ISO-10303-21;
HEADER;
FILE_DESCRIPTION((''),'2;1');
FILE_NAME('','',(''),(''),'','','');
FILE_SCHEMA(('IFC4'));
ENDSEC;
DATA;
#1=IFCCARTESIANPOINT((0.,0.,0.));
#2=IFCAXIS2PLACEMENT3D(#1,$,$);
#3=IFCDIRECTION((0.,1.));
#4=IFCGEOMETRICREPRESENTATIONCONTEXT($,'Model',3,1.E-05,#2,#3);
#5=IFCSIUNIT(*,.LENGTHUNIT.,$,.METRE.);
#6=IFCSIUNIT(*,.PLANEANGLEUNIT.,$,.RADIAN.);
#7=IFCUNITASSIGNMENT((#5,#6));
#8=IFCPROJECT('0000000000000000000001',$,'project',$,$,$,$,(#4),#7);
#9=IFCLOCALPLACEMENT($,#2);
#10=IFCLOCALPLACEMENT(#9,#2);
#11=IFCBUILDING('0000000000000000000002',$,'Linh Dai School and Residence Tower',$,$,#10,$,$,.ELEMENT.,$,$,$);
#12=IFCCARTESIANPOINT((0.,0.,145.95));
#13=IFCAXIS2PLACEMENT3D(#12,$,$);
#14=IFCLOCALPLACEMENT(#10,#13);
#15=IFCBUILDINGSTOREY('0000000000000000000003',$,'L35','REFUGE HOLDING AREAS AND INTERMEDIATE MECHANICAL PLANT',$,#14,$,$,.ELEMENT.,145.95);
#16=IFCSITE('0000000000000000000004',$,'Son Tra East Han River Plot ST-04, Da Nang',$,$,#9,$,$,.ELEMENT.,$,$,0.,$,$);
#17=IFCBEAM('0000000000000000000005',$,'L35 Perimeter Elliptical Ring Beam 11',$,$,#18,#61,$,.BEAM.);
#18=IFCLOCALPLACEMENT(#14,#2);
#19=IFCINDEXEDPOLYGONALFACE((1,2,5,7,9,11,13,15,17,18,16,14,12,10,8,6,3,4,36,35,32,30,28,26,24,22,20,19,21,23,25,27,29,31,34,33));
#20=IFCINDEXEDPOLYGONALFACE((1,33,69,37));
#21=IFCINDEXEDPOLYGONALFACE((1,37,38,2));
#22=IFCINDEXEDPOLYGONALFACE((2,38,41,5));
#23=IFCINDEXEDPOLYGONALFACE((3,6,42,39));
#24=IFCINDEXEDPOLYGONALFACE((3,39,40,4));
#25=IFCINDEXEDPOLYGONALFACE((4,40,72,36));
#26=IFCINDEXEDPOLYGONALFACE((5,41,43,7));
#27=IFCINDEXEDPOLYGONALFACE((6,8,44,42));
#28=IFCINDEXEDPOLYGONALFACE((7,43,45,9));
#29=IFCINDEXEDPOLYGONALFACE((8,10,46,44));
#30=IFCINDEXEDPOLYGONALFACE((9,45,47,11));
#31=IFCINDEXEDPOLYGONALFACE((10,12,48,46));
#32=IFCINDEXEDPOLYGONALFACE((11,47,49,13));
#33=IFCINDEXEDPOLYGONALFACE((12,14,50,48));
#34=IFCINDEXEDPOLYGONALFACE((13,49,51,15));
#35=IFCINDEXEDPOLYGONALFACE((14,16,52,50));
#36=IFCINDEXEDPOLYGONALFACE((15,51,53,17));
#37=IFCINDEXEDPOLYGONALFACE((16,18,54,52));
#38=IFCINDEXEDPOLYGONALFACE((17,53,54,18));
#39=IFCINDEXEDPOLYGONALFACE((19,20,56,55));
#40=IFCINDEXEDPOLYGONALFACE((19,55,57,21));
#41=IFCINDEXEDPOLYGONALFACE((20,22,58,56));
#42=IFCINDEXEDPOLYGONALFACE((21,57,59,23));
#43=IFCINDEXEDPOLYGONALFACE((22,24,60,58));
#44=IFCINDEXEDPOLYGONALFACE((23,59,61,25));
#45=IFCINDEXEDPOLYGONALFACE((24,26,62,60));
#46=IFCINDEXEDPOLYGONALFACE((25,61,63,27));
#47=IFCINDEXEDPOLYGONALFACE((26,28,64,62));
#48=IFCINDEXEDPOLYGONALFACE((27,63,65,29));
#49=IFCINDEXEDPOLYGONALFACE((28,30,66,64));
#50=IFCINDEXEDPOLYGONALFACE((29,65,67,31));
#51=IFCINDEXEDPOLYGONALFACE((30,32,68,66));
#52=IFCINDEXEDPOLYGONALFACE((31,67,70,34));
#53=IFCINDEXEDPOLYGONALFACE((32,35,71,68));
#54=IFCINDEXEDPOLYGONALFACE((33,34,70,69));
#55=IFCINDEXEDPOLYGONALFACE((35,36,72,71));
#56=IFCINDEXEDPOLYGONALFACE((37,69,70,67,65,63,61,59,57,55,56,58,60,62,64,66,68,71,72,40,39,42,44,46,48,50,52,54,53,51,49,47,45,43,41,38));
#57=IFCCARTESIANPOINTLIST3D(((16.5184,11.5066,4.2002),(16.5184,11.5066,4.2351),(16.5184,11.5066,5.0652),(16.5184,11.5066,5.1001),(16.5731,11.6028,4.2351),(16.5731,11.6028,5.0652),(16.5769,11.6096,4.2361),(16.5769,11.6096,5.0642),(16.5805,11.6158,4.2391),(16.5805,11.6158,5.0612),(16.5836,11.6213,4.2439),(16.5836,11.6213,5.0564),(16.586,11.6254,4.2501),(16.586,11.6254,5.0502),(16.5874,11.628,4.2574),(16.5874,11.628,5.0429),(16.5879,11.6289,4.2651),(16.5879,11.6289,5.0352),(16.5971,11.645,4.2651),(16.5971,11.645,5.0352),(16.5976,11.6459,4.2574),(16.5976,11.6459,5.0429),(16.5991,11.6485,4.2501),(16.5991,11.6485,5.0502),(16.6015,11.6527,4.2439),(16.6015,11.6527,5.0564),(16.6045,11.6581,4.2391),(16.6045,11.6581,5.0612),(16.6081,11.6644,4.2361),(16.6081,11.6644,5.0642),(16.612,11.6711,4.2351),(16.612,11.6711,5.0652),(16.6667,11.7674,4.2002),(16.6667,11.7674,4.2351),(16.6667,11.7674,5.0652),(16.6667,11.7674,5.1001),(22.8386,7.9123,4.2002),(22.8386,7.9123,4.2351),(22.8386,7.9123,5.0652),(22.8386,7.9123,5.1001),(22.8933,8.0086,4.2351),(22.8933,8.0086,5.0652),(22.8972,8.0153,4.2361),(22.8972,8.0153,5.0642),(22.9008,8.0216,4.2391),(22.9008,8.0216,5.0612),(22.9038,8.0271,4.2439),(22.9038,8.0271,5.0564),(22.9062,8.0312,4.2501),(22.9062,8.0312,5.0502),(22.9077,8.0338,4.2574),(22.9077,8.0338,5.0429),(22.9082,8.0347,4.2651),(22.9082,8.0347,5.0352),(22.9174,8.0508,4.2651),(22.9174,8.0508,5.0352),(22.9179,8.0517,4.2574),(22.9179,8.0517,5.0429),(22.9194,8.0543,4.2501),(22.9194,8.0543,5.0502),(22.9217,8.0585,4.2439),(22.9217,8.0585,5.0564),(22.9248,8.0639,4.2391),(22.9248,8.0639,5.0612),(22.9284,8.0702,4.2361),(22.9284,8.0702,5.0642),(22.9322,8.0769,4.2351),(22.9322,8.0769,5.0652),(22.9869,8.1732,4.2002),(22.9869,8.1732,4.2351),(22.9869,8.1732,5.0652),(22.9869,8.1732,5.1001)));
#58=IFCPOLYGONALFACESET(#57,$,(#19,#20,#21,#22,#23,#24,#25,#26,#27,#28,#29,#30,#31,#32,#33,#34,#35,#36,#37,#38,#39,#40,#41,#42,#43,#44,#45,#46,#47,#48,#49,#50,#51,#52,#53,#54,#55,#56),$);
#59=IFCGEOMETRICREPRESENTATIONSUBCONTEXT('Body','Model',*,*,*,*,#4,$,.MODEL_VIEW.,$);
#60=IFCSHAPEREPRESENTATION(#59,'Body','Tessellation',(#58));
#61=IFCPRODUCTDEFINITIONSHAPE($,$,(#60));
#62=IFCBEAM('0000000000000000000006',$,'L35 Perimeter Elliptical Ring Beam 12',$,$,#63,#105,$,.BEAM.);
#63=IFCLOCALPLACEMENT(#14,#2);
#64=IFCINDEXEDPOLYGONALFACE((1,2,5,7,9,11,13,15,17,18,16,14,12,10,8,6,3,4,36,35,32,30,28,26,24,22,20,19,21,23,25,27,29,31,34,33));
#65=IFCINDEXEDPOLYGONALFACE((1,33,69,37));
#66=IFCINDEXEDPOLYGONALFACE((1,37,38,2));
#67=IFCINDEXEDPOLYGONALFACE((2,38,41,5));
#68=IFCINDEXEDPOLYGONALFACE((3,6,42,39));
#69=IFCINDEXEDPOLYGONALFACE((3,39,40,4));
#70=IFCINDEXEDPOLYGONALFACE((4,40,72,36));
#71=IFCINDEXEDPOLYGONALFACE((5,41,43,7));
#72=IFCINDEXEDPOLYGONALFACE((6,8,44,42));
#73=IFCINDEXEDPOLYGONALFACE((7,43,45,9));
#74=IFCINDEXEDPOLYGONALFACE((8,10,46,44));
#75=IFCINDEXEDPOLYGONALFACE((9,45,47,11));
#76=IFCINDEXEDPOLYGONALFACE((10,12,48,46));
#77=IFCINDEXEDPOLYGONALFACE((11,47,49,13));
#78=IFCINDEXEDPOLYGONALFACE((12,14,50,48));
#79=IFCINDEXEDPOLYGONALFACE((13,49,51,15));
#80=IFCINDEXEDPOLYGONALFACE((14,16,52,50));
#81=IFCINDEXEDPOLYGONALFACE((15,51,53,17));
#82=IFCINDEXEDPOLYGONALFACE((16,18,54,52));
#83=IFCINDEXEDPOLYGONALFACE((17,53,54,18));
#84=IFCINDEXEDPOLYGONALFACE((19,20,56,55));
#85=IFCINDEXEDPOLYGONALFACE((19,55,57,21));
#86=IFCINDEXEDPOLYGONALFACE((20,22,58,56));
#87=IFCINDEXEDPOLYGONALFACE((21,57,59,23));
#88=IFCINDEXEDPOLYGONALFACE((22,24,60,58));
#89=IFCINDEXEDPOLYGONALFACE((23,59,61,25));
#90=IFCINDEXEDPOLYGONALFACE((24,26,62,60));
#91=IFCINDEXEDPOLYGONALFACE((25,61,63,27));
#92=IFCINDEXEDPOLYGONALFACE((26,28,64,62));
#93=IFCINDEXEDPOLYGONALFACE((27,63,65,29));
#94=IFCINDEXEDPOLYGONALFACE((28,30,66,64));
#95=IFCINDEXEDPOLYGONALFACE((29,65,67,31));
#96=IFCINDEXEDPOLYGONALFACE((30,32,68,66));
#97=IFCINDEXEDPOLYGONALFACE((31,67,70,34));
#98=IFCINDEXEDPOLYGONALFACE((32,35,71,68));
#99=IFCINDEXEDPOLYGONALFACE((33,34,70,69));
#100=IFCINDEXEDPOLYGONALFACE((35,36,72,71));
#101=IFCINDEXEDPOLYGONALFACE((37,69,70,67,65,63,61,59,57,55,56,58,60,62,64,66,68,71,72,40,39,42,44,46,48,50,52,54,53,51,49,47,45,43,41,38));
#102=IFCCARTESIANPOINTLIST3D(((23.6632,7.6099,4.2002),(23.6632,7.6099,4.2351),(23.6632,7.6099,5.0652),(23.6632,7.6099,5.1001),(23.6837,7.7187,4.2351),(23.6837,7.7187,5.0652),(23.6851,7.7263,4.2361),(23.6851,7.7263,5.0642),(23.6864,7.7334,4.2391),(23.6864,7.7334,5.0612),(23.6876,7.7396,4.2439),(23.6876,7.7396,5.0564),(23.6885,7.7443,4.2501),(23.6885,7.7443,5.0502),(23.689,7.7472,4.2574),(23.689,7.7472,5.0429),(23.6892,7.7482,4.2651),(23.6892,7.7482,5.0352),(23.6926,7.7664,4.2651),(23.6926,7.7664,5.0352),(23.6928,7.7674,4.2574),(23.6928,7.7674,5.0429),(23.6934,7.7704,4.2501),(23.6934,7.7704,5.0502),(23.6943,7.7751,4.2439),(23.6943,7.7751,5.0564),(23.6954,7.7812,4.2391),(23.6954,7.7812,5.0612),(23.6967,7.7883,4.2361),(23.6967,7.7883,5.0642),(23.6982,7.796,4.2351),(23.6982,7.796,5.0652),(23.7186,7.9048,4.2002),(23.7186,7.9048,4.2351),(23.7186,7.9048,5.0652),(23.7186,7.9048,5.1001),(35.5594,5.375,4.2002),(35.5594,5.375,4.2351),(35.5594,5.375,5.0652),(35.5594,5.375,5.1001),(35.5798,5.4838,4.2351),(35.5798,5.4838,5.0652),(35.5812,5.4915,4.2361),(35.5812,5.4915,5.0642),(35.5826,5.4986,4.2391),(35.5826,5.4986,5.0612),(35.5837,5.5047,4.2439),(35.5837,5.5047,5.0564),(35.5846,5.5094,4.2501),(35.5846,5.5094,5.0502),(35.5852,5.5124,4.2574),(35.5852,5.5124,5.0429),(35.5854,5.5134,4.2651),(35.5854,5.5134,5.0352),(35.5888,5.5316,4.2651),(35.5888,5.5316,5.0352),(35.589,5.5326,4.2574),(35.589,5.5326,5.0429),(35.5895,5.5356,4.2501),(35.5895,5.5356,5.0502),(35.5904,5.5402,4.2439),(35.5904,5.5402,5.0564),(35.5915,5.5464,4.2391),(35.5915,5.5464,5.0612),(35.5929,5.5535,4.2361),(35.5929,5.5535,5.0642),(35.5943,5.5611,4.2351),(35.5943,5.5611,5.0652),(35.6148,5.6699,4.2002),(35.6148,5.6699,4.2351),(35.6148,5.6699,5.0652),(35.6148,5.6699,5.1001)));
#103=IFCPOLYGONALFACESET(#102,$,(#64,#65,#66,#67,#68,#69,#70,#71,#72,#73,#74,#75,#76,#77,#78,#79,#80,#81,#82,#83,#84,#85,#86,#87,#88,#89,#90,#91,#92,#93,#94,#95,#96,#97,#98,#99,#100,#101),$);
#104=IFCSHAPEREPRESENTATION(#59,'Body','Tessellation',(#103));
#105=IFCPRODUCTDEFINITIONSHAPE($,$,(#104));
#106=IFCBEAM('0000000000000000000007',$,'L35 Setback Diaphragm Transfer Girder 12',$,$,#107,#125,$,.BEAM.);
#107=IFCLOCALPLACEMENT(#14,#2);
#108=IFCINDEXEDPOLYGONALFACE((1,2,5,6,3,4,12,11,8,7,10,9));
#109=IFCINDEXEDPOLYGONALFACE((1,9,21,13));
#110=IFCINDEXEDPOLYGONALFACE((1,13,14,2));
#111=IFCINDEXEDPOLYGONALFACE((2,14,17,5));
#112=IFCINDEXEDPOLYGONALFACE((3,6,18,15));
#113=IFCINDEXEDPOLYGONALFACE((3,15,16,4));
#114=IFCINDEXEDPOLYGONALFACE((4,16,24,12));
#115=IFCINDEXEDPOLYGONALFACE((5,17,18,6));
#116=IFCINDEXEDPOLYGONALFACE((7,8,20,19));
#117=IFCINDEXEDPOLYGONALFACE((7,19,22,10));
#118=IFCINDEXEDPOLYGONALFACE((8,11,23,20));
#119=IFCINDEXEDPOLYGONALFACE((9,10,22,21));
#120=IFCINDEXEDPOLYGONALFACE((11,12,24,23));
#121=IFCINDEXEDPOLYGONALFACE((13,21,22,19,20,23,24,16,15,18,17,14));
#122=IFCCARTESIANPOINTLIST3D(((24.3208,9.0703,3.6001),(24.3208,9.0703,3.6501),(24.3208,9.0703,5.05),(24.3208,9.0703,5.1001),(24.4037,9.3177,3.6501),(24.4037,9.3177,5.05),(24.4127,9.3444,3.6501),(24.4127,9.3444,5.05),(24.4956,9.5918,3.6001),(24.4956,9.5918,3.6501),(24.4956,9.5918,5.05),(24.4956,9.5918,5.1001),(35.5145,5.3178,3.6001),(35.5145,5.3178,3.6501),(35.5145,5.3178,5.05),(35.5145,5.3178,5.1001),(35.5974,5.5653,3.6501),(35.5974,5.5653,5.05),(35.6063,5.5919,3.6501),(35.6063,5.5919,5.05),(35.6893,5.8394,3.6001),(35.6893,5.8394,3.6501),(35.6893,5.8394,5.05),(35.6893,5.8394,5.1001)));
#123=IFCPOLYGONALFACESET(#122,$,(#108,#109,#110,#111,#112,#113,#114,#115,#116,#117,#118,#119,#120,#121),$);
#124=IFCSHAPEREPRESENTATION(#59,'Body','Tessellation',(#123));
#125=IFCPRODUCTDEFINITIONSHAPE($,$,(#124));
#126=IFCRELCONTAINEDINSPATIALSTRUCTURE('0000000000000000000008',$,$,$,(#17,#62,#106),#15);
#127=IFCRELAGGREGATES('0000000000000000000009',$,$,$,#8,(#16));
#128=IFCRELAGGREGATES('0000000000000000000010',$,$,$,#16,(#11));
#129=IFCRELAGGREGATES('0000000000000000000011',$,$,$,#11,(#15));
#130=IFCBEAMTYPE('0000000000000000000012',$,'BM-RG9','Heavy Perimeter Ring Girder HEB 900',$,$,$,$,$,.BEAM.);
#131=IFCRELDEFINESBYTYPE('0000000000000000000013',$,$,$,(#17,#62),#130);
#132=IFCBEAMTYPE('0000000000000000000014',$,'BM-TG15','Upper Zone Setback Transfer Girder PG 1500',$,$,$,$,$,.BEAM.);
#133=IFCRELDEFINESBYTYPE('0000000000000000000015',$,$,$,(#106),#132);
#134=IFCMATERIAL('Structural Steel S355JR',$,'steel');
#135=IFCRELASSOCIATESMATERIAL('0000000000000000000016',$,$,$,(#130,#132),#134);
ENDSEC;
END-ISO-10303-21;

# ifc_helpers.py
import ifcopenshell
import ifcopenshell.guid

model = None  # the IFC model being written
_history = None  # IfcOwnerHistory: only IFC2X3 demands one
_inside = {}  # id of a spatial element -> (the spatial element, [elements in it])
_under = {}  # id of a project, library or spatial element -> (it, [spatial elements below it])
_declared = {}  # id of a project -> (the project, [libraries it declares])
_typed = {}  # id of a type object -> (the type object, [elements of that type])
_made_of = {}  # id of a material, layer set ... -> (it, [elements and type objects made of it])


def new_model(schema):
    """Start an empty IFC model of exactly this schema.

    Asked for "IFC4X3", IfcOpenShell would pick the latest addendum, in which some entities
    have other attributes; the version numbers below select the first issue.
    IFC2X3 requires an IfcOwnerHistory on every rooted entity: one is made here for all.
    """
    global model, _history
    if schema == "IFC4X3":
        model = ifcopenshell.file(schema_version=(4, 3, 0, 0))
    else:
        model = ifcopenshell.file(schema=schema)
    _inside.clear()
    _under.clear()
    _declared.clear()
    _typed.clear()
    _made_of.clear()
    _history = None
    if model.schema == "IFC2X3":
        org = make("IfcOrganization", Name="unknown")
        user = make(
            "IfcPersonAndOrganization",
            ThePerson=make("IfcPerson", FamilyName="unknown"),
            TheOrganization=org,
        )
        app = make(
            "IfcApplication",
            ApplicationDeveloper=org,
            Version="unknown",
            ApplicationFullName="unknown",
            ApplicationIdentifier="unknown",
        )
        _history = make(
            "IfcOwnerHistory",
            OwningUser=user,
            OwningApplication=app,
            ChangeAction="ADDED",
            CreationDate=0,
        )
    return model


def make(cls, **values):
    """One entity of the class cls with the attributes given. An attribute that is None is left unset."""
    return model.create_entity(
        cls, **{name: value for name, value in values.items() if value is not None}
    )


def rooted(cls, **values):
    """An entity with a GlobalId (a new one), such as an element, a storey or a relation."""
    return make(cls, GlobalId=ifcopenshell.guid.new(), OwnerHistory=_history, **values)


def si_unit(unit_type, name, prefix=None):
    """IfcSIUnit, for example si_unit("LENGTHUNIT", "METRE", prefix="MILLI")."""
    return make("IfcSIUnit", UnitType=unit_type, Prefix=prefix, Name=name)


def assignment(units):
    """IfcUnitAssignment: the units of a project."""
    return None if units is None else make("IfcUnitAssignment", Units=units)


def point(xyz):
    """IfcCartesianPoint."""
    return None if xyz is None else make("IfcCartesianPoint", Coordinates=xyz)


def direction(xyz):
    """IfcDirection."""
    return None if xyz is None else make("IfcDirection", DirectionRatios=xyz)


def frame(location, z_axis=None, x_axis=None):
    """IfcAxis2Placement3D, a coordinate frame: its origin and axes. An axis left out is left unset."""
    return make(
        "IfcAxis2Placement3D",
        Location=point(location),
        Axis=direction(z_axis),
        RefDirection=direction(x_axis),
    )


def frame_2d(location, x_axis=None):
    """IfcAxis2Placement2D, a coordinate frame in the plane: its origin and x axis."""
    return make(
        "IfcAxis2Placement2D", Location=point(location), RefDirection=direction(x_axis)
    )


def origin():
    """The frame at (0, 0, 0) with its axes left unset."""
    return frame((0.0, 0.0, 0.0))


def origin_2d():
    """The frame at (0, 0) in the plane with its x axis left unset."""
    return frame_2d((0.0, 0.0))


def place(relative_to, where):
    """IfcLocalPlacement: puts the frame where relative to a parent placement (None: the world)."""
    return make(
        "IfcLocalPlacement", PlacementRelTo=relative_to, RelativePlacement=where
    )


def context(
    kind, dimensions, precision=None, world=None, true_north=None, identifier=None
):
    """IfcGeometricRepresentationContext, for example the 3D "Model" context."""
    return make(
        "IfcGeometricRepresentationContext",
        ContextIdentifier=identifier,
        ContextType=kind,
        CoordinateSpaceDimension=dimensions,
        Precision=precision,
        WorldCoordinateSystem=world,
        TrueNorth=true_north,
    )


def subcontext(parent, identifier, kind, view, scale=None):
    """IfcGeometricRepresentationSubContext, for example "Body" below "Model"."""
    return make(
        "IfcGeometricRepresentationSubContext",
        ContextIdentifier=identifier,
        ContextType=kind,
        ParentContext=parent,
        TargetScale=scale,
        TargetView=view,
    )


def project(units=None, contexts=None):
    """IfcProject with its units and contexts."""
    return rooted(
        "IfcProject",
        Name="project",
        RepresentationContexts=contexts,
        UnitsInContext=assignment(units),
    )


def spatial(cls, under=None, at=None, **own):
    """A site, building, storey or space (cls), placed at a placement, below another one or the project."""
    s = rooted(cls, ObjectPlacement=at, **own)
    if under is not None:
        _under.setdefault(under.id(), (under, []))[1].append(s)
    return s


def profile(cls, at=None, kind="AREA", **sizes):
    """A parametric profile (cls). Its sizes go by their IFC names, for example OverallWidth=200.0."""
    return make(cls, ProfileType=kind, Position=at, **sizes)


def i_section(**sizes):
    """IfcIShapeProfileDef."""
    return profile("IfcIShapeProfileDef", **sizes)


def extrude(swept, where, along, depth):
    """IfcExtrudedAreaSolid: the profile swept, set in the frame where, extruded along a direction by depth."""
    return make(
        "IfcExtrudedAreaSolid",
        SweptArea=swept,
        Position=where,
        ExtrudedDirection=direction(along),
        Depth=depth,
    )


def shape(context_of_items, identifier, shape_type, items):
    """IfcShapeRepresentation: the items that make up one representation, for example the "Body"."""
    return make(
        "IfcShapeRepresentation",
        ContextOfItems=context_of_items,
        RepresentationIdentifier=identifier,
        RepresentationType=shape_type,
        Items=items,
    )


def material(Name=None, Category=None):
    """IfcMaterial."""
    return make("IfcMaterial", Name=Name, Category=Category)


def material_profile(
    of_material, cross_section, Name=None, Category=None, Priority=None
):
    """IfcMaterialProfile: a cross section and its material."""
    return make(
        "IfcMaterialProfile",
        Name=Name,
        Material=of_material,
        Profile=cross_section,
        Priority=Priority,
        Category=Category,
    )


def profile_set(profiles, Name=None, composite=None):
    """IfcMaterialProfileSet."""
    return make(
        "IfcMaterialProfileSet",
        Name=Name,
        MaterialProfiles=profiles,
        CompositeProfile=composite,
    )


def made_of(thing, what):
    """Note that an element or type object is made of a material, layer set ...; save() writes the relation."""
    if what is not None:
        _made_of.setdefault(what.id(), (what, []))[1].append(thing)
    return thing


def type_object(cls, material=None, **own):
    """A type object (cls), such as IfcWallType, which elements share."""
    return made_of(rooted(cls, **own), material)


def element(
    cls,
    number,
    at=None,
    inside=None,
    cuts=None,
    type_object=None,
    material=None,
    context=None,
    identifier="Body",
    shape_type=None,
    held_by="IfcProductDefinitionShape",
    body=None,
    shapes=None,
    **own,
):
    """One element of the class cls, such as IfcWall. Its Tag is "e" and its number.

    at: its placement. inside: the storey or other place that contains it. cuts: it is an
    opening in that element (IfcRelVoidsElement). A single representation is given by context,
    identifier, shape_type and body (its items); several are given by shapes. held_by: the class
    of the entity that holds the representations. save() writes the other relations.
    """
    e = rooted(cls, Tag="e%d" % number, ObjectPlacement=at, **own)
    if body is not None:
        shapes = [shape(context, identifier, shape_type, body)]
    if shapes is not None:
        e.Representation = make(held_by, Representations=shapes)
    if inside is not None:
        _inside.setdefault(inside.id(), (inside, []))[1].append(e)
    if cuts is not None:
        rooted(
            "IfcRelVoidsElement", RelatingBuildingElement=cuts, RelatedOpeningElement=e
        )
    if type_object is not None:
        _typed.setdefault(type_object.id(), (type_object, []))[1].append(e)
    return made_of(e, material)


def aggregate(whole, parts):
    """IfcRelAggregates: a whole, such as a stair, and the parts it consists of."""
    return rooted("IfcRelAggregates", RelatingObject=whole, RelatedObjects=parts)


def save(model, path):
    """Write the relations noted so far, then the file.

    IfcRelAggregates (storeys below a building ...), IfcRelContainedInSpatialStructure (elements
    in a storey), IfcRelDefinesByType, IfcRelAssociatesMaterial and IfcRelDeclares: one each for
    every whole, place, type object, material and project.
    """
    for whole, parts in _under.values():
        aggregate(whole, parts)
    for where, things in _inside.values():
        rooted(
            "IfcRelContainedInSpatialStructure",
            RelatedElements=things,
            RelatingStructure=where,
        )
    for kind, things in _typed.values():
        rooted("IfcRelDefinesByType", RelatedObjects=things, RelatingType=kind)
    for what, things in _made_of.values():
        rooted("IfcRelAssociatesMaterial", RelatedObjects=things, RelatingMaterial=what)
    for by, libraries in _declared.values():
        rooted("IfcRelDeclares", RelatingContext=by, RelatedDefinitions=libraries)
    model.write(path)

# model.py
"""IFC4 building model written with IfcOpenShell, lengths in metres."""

from ifc_helpers import new_model, si_unit, direction, frame, origin, origin_2d, place, context, subcontext, project, spatial, i_section, extrude, material, material_profile, profile_set, type_object, element, save


model = new_model("IFC4")

# Units and contexts
model_context = context("Model", 3, precision=1e-05, world=origin(), true_north=direction((0.0, 1.0)))
body_context = subcontext(model_context, "Body", "Model", "MODEL_VIEW")
ifc_project = project(units=[si_unit("LENGTHUNIT", "METRE"), si_unit("PLANEANGLEUNIT", "RADIAN")], contexts=[model_context])

# Site, building, storey
site_placement = place(None, origin())
site = spatial("IfcSite", under=ifc_project, at=site_placement, Name="Son Tra East Han River Plot ST-04, Da Nang", CompositionType="ELEMENT", RefElevation=0.0)
building_placement = place(site_placement, origin())
building = spatial("IfcBuilding", under=site, at=building_placement, Name="Linh Dai School and Residence Tower", CompositionType="ELEMENT")
storey_placement = place(building_placement, frame((0.0, 0.0, 145.95)))
storey = spatial("IfcBuildingStorey", under=building, at=storey_placement, Name="L35", Description="REFUGE HOLDING AREAS AND INTERMEDIATE MECHANICAL PLANT", CompositionType="ELEMENT", Elevation=145.95)

# Shared definitions
ifc_material_1 = material(Name="Structural Steel S355JR", Category="steel")

# Beams
ifc_material_profile_1 = material_profile(ifc_material_1, i_section(OverallWidth=0.3, OverallDepth=0.8999, WebThickness=0.0186, FlangeThickness=0.0349, FilletRadius=0.03, at=origin_2d()), Name="HEB 900")
ifc_profile_set_1 = profile_set([ifc_material_profile_1], Name="Structural Steel S355JR")
beam_type_1 = type_object("IfcBeamType", Name="BM-RG9", Description="Heavy Perimeter Ring Girder HEB 900", PredefinedType="BEAM", material=ifc_profile_set_1)
beam_1_placement = place(storey_placement, frame((16.5925, 11.637, 4.6501), z_axis=(0.86927, -0.494337, 0.0), x_axis=(0.494337, 0.86927, 0.0)))
element("IfcBeam", 1, at=beam_1_placement, inside=storey, type_object=beam_type_1, Name="L35 Perimeter Elliptical Ring Beam 11", PredefinedType="BEAM", context=body_context, shape_type="SweptSolid", body=[
    extrude(i_section(OverallWidth=0.3, OverallDepth=0.8999, WebThickness=0.0186, FlangeThickness=0.0349, FilletRadius=0.03, at=origin_2d()), origin(), (0.0, 0.0, 1.0), 7.2708),
])
beam_2_placement = place(storey_placement, frame((23.6909, 7.7573, 4.6501), z_axis=(0.982808, -0.184633, 0.0), x_axis=(0.184633, 0.982808, 0.0)))
element("IfcBeam", 2, at=beam_2_placement, inside=storey, type_object=beam_type_1, Name="L35 Perimeter Elliptical Ring Beam 12", PredefinedType="BEAM", context=body_context, shape_type="SweptSolid", body=[
    extrude(i_section(OverallWidth=0.3, OverallDepth=0.8999, WebThickness=0.0186, FlangeThickness=0.0349, FilletRadius=0.03, at=origin_2d()), origin(), (0.0, 0.0, 1.0), 12.1042),
])
ifc_material_profile_2 = material_profile(ifc_material_1, i_section(OverallWidth=0.55, OverallDepth=1.5, WebThickness=0.0281, FlangeThickness=0.05, at=origin_2d()), Name="PG 1500x550x28x50")
ifc_profile_set_2 = profile_set([ifc_material_profile_2], Name="Structural Steel S355JR")
beam_type_2 = type_object("IfcBeamType", Name="BM-TG15", Description="Upper Zone Setback Transfer Girder PG 1500", PredefinedType="BEAM", material=ifc_profile_set_2)
beam_3_placement = place(storey_placement, frame((24.4082, 9.3311, 4.3501), z_axis=(0.948142, -0.317847, 0.0), x_axis=(0.317847, 0.948142, 0.0)))
element("IfcBeam", 3, at=beam_3_placement, inside=storey, type_object=beam_type_2, Name="L35 Setback Diaphragm Transfer Girder 12", PredefinedType="BEAM", context=body_context, shape_type="SweptSolid", body=[
    extrude(i_section(OverallWidth=0.55, OverallDepth=1.5, WebThickness=0.0281, FlangeThickness=0.05, at=origin_2d()), origin(), (0.0, 0.0, 1.0), 11.8059),
])

save(model, "model.ifc")
